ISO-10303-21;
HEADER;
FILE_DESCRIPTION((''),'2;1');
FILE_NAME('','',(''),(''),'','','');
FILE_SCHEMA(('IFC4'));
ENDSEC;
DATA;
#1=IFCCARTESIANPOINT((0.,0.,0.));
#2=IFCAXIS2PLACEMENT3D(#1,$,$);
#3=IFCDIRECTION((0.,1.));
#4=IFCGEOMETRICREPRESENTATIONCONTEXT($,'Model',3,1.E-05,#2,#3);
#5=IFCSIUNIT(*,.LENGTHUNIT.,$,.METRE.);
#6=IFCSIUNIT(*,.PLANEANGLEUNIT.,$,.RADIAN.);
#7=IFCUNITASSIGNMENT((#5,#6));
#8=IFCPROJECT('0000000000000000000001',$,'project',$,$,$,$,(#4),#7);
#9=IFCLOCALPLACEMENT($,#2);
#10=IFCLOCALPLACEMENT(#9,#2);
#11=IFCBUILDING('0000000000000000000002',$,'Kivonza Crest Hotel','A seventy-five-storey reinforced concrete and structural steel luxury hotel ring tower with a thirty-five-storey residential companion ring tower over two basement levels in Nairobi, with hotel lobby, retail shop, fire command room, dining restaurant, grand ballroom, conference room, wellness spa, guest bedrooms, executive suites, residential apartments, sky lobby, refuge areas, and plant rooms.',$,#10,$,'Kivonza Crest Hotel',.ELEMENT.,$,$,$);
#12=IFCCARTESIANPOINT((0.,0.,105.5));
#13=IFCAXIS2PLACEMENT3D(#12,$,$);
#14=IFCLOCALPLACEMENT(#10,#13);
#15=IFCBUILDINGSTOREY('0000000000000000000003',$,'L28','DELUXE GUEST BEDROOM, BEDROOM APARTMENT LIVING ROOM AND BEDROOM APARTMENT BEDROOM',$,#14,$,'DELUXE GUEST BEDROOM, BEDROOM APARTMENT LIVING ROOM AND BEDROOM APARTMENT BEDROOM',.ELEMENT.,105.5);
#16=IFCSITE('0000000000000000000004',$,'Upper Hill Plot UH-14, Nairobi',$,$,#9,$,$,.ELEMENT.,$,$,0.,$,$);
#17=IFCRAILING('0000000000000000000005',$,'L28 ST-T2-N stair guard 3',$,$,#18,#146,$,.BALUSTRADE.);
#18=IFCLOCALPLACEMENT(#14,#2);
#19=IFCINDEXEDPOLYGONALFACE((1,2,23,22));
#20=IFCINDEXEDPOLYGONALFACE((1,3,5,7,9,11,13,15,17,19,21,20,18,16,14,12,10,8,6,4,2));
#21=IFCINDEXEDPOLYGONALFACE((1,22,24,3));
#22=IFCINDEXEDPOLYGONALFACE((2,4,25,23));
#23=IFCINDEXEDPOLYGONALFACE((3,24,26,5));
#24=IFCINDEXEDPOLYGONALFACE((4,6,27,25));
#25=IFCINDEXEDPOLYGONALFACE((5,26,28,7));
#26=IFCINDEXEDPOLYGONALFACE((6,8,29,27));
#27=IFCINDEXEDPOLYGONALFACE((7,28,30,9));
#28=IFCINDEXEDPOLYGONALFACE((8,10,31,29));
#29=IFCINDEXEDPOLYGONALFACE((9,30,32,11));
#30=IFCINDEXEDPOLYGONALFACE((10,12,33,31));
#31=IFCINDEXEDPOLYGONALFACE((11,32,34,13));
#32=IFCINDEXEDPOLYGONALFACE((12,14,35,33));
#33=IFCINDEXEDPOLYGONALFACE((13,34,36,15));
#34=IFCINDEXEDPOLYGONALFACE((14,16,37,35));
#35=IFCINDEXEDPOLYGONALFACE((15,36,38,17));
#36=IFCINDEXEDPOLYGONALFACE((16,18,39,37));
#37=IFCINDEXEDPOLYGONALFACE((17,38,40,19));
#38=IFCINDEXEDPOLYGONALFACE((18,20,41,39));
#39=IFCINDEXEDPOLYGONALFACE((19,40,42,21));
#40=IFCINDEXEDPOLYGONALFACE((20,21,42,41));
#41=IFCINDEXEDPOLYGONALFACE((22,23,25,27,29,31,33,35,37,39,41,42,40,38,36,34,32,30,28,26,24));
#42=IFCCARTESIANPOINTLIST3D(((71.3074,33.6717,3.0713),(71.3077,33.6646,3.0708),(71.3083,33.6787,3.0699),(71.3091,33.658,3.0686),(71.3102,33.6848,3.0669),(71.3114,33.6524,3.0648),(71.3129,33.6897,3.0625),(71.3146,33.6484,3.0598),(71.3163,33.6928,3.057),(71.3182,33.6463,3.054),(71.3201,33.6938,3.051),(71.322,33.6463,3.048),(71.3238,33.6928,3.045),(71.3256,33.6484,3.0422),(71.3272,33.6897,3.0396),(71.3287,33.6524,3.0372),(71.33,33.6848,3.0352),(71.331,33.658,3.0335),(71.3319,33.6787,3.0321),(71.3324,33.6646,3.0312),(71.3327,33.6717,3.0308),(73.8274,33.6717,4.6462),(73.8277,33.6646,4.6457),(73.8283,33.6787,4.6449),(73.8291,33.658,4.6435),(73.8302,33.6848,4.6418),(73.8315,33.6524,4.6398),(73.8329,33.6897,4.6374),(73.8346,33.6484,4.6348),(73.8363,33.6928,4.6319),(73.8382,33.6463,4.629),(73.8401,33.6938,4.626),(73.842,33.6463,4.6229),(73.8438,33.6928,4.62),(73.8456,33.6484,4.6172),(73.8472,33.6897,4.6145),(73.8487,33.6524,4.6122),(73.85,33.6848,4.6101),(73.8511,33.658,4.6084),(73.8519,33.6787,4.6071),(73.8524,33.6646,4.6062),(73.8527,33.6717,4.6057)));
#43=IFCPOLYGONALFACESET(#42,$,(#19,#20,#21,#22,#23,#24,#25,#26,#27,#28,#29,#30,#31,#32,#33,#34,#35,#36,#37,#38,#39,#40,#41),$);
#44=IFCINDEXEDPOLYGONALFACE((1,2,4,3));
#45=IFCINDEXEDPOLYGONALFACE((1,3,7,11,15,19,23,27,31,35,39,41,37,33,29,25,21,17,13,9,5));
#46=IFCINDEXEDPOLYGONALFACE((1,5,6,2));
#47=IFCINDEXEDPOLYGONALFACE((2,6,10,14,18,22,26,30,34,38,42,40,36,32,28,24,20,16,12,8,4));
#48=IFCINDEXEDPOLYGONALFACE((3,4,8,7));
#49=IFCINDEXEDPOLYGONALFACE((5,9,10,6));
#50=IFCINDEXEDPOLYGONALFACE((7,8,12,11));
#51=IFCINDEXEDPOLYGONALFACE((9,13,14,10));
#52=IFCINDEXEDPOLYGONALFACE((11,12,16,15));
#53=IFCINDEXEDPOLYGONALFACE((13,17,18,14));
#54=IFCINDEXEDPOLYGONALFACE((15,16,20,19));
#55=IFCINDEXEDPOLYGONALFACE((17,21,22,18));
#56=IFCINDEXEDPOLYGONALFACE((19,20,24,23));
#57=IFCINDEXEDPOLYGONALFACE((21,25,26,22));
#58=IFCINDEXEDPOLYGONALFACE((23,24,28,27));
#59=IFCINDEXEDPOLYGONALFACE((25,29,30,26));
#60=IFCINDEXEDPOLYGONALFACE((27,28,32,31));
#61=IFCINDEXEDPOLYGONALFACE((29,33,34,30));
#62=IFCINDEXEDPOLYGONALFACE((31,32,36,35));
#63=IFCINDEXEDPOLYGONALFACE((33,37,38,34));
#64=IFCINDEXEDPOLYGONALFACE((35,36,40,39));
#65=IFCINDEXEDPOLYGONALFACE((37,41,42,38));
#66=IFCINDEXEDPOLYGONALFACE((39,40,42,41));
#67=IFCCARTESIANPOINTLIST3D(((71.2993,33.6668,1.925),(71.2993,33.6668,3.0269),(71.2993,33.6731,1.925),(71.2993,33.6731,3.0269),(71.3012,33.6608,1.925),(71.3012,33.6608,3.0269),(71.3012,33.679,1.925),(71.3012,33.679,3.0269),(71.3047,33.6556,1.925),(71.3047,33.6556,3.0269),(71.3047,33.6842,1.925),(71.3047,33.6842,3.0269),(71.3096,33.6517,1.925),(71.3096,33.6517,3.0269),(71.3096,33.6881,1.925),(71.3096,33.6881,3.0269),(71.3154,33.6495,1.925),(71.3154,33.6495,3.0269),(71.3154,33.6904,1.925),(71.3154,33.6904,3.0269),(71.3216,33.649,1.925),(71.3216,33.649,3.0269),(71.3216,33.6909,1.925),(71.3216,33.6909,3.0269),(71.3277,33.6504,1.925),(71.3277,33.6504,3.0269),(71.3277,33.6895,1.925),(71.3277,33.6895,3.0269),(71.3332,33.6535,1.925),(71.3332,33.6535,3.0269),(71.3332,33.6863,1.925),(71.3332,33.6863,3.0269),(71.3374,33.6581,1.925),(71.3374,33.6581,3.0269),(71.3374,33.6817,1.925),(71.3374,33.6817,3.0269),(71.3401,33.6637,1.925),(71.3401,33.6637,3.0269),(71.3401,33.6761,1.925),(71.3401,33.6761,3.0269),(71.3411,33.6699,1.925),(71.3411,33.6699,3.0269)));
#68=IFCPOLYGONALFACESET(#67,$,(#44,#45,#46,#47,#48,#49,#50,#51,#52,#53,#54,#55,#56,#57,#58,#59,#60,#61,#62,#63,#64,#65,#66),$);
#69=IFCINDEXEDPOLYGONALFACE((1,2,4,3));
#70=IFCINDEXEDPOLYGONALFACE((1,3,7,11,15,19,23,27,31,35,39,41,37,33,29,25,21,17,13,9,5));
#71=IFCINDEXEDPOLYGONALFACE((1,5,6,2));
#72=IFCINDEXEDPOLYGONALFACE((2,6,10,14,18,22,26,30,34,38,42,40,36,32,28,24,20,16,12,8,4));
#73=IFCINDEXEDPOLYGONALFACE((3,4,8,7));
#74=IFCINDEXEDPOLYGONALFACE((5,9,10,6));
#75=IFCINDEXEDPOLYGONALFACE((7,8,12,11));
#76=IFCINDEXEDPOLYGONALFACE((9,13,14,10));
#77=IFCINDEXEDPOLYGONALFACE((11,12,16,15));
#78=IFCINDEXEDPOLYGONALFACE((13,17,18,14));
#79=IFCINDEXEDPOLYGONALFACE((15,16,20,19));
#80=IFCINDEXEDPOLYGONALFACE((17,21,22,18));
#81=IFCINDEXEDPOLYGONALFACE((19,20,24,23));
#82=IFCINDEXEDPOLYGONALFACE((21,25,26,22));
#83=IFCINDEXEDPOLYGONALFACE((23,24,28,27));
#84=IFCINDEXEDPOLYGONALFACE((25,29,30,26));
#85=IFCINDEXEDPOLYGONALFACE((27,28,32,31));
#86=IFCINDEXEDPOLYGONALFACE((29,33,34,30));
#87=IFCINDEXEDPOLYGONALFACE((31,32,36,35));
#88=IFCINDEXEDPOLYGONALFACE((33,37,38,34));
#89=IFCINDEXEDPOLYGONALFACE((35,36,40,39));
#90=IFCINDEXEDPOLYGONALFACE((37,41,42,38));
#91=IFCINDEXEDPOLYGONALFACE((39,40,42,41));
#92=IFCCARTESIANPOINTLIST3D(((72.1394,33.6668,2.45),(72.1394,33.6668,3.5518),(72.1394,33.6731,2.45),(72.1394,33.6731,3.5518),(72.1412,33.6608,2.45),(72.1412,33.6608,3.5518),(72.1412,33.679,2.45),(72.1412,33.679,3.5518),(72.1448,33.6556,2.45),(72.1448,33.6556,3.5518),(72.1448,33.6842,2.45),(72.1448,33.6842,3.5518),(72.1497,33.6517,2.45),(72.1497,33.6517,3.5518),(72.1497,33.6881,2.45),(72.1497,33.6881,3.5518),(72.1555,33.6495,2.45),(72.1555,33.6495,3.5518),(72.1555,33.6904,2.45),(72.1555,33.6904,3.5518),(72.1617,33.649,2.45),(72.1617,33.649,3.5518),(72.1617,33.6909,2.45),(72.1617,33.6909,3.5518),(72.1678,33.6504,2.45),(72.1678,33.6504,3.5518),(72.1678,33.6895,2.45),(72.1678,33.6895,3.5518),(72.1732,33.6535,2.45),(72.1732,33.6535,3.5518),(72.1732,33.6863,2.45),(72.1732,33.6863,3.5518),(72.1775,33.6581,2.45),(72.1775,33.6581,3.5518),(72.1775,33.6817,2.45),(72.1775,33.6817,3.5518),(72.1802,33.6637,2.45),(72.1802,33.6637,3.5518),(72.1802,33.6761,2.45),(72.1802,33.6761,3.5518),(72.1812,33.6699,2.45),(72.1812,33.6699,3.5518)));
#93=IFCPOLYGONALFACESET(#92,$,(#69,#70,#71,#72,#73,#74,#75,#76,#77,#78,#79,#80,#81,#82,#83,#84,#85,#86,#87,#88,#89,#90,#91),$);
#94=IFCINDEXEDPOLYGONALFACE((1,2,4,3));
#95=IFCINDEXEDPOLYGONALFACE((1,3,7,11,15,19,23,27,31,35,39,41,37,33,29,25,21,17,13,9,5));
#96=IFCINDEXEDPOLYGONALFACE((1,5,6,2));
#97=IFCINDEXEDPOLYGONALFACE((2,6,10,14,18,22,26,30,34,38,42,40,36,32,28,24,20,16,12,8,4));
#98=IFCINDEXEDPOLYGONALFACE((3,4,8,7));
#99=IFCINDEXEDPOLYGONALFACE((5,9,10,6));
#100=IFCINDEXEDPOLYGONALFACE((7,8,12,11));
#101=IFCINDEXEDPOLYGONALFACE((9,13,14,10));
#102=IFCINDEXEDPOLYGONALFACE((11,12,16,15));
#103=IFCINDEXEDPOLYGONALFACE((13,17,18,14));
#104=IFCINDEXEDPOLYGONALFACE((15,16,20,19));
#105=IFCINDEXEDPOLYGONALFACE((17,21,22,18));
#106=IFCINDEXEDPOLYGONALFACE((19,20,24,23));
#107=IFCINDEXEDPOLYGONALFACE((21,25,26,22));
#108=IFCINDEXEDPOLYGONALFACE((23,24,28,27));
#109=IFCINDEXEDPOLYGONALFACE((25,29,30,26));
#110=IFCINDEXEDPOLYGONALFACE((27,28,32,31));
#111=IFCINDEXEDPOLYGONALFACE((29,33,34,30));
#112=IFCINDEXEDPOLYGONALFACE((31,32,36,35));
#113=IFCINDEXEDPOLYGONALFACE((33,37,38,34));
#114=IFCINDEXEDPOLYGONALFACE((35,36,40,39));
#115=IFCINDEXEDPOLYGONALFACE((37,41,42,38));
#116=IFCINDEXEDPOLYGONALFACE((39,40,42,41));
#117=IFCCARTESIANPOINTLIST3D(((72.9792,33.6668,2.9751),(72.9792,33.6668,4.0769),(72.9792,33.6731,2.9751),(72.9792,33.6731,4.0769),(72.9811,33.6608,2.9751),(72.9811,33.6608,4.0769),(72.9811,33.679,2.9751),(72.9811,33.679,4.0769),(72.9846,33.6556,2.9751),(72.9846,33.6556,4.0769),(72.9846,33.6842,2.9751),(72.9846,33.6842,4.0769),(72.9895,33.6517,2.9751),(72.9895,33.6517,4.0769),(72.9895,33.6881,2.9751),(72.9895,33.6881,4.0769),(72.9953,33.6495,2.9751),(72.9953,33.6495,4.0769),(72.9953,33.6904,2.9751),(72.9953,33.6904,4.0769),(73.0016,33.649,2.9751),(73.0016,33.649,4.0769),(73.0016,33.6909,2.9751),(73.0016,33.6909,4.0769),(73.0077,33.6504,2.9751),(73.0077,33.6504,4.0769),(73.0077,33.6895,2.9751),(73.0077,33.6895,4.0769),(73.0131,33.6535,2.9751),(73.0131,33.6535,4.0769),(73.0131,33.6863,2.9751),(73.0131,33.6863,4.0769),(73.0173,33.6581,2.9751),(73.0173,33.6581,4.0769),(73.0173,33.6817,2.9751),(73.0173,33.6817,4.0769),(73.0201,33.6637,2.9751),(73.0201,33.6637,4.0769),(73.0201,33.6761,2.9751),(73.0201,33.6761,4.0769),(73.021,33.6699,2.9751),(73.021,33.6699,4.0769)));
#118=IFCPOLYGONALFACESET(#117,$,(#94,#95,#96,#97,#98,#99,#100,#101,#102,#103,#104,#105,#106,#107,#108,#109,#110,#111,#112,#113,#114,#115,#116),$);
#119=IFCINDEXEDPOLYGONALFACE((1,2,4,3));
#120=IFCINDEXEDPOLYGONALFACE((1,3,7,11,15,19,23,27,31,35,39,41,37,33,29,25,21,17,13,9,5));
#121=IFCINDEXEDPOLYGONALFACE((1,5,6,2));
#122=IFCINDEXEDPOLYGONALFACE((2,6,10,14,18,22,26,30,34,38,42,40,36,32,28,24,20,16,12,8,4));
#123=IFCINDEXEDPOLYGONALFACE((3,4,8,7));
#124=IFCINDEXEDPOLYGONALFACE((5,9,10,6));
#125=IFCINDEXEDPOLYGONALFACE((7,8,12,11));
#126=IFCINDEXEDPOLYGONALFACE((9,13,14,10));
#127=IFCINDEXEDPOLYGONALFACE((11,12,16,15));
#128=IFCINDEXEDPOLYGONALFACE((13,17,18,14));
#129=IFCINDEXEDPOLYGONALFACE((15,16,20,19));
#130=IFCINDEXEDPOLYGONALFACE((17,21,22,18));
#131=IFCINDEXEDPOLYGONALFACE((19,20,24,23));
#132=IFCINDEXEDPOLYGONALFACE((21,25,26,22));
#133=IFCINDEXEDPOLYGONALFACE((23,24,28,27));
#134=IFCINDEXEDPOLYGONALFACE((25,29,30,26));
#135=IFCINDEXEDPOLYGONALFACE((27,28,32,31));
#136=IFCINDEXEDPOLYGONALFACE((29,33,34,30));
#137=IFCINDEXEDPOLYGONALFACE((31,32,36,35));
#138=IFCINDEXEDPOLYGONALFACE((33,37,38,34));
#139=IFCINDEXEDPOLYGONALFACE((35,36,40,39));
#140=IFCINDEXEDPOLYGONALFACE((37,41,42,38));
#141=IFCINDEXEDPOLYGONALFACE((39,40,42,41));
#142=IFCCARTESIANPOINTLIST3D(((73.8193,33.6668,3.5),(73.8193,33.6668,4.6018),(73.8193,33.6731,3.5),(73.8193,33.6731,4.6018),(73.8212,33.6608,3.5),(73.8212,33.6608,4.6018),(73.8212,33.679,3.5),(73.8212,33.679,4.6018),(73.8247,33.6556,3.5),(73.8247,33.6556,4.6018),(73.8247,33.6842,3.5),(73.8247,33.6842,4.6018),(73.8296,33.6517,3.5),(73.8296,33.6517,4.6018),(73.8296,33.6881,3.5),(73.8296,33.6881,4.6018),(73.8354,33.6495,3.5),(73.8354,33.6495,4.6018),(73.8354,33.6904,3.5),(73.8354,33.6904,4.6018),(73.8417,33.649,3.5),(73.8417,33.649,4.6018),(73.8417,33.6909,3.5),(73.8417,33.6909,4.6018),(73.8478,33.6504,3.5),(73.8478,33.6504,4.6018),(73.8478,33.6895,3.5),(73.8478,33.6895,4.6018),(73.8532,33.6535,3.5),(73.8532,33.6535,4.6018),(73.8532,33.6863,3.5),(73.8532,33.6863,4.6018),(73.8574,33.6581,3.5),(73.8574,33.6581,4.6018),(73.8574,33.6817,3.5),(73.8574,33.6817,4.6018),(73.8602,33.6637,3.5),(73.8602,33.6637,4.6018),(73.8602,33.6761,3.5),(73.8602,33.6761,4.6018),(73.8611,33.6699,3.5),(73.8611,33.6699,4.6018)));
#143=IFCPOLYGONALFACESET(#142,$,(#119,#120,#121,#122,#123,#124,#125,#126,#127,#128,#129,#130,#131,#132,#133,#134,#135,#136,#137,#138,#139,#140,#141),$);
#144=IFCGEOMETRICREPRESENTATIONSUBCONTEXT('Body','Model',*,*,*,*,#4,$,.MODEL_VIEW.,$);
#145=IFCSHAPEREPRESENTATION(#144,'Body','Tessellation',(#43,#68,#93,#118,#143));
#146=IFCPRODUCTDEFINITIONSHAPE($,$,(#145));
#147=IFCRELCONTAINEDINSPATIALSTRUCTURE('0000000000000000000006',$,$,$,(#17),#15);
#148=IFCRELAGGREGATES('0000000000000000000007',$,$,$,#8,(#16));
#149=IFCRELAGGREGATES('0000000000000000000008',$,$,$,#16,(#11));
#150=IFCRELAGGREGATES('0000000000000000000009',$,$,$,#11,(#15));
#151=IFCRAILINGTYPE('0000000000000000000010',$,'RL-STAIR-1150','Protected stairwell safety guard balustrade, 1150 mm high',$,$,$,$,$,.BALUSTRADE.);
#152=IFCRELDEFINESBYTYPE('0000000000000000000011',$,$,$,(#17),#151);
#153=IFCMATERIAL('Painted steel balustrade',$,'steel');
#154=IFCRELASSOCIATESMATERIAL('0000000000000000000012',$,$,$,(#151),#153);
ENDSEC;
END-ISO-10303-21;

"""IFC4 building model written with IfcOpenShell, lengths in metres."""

from ifc_helpers import new_model, si_unit, direction, frame, origin, origin_2d, place, context, subcontext, project, spatial, circle, extrude, material, type_object, element, save


model = new_model("IFC4")

# Units and contexts
model_context = context("Model", 3, precision=1e-05, world=origin(), true_north=direction((0.0, 1.0)))
body_context = subcontext(model_context, "Body", "Model", "MODEL_VIEW")
ifc_project = project(units=[si_unit("LENGTHUNIT", "METRE"), si_unit("PLANEANGLEUNIT", "RADIAN")], contexts=[model_context])

# Site, building, storey
site_placement = place(None, origin())
site = spatial("IfcSite", under=ifc_project, at=site_placement, Name="Upper Hill Plot UH-14, Nairobi", CompositionType="ELEMENT", RefElevation=0.0)
building_placement = place(site_placement, origin())
building = spatial("IfcBuilding", under=site, at=building_placement, Name="Kivonza Crest Hotel", Description="A seventy-five-storey reinforced concrete and structural steel luxury hotel ring tower with a thirty-five-storey residential companion ring tower over two basement levels in Nairobi, with hotel lobby, retail shop, fire command room, dining restaurant, grand ballroom, conference room, wellness spa, guest bedrooms, executive suites, residential apartments, sky lobby, refuge areas, and plant rooms.", LongName="Kivonza Crest Hotel", CompositionType="ELEMENT")
storey_placement = place(building_placement, frame((0.0, 0.0, 105.5)))
storey = spatial("IfcBuildingStorey", under=building, at=storey_placement, Name="L28", Description="DELUXE GUEST BEDROOM, BEDROOM APARTMENT LIVING ROOM AND BEDROOM APARTMENT BEDROOM", LongName="DELUXE GUEST BEDROOM, BEDROOM APARTMENT LIVING ROOM AND BEDROOM APARTMENT BEDROOM", CompositionType="ELEMENT", Elevation=105.5)

# Railing
ifc_material_1 = material(Name="Painted steel balustrade", Category="steel")
railing_type_1 = type_object("IfcRailingType", Name="RL-STAIR-1150", Description="Protected stairwell safety guard balustrade, 1150 mm high", PredefinedType="BALUSTRADE", material=ifc_material_1)
railing_1_placement = place(storey_placement, frame((71.3201, 33.6699, 1.925)))
element("IfcRailing", 1, at=railing_1_placement, inside=storey, type_object=railing_type_1, Name="L28 ST-T2-N stair guard 3", PredefinedType="BALUSTRADE", context=body_context, shape_type="SweptSolid", body=[
    extrude(circle(Radius=0.0239, at=origin_2d()), frame((0.0, 0.0, 1.126), z_axis=(0.848008, 0.0, 0.529984), x_axis=(0.0, 1.0, 0.0)), (0.0, 0.0, 1.0), 2.9717),
    extrude(circle(Radius=0.021, at=origin_2d()), origin(), (0.0, 0.0, 1.0), 1.1018),
    extrude(circle(Radius=0.021, at=origin_2d()), frame((0.8401, 0.0, 0.5249)), (0.0, 0.0, 1.0), 1.1018),
    extrude(circle(Radius=0.021, at=origin_2d()), frame((1.6799, 0.0, 1.05)), (0.0, 0.0, 1.0), 1.1018),
    extrude(circle(Radius=0.021, at=origin_2d()), frame((2.52, 0.0, 1.575)), (0.0, 0.0, 1.0), 1.1018),
])

save(model, "model.ifc")
